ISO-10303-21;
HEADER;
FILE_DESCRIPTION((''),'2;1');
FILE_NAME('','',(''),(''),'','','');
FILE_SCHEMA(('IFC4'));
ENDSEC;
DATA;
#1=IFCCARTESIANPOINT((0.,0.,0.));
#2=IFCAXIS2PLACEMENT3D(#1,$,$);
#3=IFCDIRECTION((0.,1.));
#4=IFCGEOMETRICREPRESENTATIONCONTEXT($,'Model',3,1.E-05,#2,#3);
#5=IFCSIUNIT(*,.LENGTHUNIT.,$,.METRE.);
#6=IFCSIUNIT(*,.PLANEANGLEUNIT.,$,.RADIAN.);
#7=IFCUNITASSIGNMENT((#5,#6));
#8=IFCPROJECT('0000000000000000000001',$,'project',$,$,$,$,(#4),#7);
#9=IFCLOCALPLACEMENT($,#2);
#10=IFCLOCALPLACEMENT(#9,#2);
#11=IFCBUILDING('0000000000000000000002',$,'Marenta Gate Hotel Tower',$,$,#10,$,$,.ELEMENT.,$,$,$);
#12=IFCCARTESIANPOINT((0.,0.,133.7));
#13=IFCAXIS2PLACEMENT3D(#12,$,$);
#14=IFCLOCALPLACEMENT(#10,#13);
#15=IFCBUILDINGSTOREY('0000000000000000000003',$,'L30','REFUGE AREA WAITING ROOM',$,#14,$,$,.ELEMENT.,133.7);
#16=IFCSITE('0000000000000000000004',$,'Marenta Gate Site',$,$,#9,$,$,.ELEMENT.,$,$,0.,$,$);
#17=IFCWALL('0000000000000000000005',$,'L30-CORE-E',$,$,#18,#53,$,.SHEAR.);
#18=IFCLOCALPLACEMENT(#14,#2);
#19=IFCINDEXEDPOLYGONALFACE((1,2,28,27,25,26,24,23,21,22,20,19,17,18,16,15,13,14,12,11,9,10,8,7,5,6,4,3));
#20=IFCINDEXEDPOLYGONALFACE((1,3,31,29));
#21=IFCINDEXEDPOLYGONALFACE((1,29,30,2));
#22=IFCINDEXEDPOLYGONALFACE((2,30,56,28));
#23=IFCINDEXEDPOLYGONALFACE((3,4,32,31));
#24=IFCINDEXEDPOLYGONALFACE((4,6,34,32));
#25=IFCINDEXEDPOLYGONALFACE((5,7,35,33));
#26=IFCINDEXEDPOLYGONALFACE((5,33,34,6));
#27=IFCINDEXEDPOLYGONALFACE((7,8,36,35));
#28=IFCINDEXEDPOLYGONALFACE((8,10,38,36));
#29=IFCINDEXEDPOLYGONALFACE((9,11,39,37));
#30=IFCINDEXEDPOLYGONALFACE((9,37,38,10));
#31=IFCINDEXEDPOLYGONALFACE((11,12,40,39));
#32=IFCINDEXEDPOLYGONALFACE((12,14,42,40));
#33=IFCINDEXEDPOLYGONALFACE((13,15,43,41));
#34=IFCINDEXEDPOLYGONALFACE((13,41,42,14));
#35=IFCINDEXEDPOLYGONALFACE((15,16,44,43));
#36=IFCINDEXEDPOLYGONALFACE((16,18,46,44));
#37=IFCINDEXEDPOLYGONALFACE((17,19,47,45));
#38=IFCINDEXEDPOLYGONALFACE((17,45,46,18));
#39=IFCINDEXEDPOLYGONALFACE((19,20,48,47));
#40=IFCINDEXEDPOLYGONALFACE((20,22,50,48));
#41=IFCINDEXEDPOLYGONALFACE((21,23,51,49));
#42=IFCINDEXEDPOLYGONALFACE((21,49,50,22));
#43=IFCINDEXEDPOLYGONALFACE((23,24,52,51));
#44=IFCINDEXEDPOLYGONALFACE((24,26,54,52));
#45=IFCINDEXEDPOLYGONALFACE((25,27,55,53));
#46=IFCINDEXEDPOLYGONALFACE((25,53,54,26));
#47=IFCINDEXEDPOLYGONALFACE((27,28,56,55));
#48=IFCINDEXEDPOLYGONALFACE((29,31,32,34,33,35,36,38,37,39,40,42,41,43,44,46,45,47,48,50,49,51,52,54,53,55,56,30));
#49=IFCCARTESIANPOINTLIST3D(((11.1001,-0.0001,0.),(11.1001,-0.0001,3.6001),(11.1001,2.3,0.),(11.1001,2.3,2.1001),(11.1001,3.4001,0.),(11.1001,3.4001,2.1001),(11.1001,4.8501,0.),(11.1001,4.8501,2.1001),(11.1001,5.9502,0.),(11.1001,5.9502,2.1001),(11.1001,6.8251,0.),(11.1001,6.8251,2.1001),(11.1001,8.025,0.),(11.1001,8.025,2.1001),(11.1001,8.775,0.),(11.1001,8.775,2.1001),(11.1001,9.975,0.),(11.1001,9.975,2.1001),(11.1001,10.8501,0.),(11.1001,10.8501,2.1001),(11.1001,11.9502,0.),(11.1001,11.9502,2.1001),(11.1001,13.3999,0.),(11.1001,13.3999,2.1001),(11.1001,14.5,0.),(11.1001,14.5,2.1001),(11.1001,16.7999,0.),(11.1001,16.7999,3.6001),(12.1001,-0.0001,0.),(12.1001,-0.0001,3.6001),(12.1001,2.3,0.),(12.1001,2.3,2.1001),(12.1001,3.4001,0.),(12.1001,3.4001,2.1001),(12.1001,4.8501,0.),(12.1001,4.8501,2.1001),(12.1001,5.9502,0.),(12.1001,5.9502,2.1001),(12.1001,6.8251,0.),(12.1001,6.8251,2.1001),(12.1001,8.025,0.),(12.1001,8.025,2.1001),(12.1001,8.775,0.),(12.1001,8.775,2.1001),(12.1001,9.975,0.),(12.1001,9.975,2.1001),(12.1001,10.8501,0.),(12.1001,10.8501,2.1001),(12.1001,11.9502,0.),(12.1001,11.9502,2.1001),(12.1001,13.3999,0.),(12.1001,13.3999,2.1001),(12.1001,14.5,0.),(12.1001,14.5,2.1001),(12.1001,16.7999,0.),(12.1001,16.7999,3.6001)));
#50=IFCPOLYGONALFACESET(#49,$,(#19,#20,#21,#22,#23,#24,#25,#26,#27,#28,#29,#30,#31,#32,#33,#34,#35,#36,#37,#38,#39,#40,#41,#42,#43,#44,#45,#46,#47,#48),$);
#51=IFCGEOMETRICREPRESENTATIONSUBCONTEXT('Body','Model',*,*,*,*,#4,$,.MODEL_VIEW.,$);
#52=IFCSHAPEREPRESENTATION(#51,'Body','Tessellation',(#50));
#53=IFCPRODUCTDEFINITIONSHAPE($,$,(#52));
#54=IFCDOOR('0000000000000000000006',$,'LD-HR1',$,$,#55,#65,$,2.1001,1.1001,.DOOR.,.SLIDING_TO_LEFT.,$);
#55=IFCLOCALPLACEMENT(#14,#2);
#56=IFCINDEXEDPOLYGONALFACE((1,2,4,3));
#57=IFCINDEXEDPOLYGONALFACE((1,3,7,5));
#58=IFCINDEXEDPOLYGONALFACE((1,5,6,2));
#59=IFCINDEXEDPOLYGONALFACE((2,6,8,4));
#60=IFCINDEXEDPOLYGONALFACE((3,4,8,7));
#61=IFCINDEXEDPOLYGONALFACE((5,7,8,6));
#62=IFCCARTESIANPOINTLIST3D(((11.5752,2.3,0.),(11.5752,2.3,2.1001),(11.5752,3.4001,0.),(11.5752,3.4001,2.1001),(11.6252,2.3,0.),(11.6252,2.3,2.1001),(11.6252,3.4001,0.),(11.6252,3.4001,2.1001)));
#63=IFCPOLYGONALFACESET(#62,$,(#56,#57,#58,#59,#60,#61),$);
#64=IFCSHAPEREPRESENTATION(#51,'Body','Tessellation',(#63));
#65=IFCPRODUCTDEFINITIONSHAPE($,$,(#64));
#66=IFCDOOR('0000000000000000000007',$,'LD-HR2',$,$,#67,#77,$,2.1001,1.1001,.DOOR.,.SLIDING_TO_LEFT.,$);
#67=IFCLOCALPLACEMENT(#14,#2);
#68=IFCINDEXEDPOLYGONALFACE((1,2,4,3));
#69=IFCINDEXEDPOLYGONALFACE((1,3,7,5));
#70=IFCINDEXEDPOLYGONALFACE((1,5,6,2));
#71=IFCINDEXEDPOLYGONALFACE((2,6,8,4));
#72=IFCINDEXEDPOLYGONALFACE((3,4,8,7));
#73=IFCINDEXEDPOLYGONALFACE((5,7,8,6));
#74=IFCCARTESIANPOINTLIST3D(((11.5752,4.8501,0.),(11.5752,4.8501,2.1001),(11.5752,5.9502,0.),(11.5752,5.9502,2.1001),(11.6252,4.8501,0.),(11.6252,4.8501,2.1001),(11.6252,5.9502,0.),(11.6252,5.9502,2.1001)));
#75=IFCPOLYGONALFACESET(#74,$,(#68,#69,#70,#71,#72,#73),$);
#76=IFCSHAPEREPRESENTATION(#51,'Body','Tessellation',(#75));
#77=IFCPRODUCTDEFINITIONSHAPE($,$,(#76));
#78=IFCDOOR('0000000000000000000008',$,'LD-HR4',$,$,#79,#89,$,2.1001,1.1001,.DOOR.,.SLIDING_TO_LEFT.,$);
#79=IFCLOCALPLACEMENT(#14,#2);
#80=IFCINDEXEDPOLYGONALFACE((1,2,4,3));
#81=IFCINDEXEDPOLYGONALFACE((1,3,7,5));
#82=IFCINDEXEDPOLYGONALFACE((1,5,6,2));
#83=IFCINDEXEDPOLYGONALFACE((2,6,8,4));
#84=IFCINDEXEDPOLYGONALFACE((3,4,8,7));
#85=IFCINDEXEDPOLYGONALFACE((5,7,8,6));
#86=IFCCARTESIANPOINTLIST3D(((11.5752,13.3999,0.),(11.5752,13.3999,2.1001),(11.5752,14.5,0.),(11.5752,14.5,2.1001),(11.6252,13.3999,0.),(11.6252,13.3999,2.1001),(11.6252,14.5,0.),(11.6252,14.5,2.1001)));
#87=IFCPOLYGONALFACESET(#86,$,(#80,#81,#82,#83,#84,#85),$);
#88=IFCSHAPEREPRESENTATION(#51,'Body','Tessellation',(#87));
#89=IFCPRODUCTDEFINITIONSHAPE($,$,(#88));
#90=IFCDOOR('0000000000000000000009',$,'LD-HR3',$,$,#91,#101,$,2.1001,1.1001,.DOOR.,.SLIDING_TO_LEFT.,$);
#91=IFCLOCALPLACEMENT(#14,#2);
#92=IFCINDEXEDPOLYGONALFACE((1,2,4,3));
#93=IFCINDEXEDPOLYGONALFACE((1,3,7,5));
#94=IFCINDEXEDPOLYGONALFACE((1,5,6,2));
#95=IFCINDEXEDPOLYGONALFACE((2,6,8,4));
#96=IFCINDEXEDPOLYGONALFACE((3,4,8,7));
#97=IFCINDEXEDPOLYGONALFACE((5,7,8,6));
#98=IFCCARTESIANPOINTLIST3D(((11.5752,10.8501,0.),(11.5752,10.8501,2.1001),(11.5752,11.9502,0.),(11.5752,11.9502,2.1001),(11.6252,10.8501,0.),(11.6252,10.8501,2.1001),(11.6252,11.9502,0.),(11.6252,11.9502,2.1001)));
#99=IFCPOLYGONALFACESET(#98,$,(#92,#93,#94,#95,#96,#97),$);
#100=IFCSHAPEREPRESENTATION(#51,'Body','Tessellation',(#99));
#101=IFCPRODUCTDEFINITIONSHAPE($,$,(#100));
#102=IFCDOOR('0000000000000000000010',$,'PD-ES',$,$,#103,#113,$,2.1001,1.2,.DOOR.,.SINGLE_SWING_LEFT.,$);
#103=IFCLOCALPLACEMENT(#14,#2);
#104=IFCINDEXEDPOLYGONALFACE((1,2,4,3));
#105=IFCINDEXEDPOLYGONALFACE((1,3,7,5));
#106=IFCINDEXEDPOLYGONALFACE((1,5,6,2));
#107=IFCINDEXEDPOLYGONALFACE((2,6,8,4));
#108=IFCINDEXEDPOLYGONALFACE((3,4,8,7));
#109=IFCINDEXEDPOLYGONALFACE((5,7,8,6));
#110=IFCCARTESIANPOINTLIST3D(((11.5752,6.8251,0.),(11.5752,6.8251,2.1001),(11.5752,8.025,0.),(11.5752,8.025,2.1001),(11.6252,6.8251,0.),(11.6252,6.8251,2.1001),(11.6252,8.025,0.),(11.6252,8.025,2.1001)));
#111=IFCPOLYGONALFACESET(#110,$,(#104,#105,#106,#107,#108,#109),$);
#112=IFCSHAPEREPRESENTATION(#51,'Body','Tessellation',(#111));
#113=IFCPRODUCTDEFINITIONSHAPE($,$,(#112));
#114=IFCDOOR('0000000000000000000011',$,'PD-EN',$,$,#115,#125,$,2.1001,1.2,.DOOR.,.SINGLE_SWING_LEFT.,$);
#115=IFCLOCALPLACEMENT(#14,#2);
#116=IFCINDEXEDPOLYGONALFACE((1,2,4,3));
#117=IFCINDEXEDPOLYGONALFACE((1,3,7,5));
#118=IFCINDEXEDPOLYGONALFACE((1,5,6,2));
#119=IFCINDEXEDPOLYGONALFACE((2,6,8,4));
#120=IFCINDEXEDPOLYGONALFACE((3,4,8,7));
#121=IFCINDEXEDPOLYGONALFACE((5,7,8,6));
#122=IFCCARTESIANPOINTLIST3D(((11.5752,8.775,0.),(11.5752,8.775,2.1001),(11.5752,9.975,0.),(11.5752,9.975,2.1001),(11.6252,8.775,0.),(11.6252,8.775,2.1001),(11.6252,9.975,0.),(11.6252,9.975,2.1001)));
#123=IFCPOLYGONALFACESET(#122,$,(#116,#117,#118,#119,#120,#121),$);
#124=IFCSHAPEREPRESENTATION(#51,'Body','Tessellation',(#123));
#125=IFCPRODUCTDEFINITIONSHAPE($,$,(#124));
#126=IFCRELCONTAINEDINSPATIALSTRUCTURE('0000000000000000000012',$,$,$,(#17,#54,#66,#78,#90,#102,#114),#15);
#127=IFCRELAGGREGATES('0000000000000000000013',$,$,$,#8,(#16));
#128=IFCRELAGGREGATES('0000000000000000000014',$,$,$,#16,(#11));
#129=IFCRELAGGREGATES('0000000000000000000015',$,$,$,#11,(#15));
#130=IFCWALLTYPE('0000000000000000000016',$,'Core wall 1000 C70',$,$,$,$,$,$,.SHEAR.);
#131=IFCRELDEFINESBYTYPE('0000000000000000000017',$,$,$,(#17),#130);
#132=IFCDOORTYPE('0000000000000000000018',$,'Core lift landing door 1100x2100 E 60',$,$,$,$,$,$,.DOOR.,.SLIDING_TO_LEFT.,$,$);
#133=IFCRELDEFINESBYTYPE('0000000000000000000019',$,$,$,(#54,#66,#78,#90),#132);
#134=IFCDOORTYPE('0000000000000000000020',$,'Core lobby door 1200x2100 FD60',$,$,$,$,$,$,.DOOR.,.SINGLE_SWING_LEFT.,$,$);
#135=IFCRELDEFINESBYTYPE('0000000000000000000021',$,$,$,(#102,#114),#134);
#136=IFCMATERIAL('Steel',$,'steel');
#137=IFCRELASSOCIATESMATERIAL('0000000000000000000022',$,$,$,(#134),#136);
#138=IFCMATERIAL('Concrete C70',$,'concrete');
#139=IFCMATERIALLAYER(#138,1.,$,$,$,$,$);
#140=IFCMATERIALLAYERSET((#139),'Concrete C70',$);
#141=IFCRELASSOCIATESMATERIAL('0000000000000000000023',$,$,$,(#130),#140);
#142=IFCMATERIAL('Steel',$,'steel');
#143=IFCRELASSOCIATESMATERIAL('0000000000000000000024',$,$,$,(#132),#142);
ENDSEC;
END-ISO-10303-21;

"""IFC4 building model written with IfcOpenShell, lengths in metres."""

from ifc_helpers import new_model, si_unit, direction, frame, frame_2d, origin, place, context, subcontext, project, spatial, rectangle, extrude, material, layer, layer_set, type_object, element, fill, save


model = new_model("IFC4")

# Units and contexts
model_context = context("Model", 3, precision=1e-05, world=origin(), true_north=direction((0.0, 1.0)))
body_context = subcontext(model_context, "Body", "Model", "MODEL_VIEW")
ifc_project = project(units=[si_unit("LENGTHUNIT", "METRE"), si_unit("PLANEANGLEUNIT", "RADIAN")], contexts=[model_context])

# Site, building, storey
site_placement = place(None, origin())
site = spatial("IfcSite", under=ifc_project, at=site_placement, Name="Marenta Gate Site", CompositionType="ELEMENT", RefElevation=0.0)
building_placement = place(site_placement, origin())
building = spatial("IfcBuilding", under=site, at=building_placement, Name="Marenta Gate Hotel Tower", CompositionType="ELEMENT")
storey_placement = place(building_placement, frame((0.0, 0.0, 133.7)))
storey = spatial("IfcBuildingStorey", under=building, at=storey_placement, Name="L30", Description="REFUGE AREA WAITING ROOM", CompositionType="ELEMENT", Elevation=133.7)

# Shared definitions
ifc_material_1 = material(Name="Steel", Category="steel")
door_type_1 = type_object("IfcDoorType", Name="Core lobby door 1200x2100 FD60", OperationType="SINGLE_SWING_LEFT", PredefinedType="DOOR", material=ifc_material_1)

# Wall, openings, doors
ifc_material_2 = material(Name="Concrete C70", Category="concrete")
ifc_layer_1 = layer(ifc_material_2, 1.0)
ifc_layer_set_1 = layer_set([ifc_layer_1], Name="Concrete C70")
wall_type_1 = type_object("IfcWallType", Name="Core wall 1000 C70", PredefinedType="SHEAR", material=ifc_layer_set_1)
wall_1_placement = place(storey_placement, frame((11.6001, 0.0, 0.0), z_axis=(0.0, 0.0, 1.0), x_axis=(0.0, 1.0, 0.0)))
wall_1 = element("IfcWall", 1, at=wall_1_placement, inside=storey, type_object=wall_type_1, Name="L30-CORE-E", PredefinedType="SHEAR", context=body_context, shape_type="SweptSolid", body=[
    extrude(rectangle(XDim=16.8, YDim=1.0, at=frame_2d((8.3999, 0.0))), origin(), (0.0, 0.0, 1.0), 3.6001),
])
opening_1_placement = place(wall_1_placement, frame((2.3, 0.0, 0.0)))
opening_1 = element("IfcOpeningElement", 2, at=opening_1_placement, cuts=wall_1, PredefinedType="OPENING", context=body_context, shape_type="SweptSolid", body=[
    extrude(rectangle(XDim=1.1001, YDim=2.1001, at=frame_2d((0.55, 1.05))), frame((0.0, 0.5, 0.0), z_axis=(0.0, -1.0, 0.0), x_axis=(1.0, 0.0, 0.0)), (0.0, 0.0, 1.0), 1.0),
])
opening_2_placement = place(wall_1_placement, frame((4.8501, 0.0, 0.0)))
opening_2 = element("IfcOpeningElement", 3, at=opening_2_placement, cuts=wall_1, PredefinedType="OPENING", context=body_context, shape_type="SweptSolid", body=[
    extrude(rectangle(XDim=1.1001, YDim=2.1001, at=frame_2d((0.55, 1.05))), frame((0.0, 0.5, 0.0), z_axis=(0.0, -1.0, 0.0), x_axis=(1.0, 0.0, 0.0)), (0.0, 0.0, 1.0), 1.0),
])
opening_3_placement = place(wall_1_placement, frame((6.825, 0.0, 0.0)))
opening_3 = element("IfcOpeningElement", 4, at=opening_3_placement, cuts=wall_1, PredefinedType="OPENING", context=body_context, shape_type="SweptSolid", body=[
    extrude(rectangle(XDim=1.2, YDim=2.1001, at=frame_2d((0.6001, 1.05))), frame((0.0, 0.5, 0.0), z_axis=(0.0, -1.0, 0.0), x_axis=(1.0, 0.0, 0.0)), (0.0, 0.0, 1.0), 1.0),
])
opening_4_placement = place(wall_1_placement, frame((13.3999, 0.0, 0.0)))
opening_4 = element("IfcOpeningElement", 5, at=opening_4_placement, cuts=wall_1, PredefinedType="OPENING", context=body_context, shape_type="SweptSolid", body=[
    extrude(rectangle(XDim=1.1001, YDim=2.1001, at=frame_2d((0.55, 1.05))), frame((0.0, 0.5, 0.0), z_axis=(0.0, -1.0, 0.0), x_axis=(1.0, 0.0, 0.0)), (0.0, 0.0, 1.0), 1.0),
])
opening_5_placement = place(wall_1_placement, frame((10.8501, 0.0, 0.0)))
opening_5 = element("IfcOpeningElement", 6, at=opening_5_placement, cuts=wall_1, PredefinedType="OPENING", context=body_context, shape_type="SweptSolid", body=[
    extrude(rectangle(XDim=1.1001, YDim=2.1001, at=frame_2d((0.55, 1.05))), frame((0.0, 0.5, 0.0), z_axis=(0.0, -1.0, 0.0), x_axis=(1.0, 0.0, 0.0)), (0.0, 0.0, 1.0), 1.0),
])
opening_6_placement = place(wall_1_placement, frame((8.7749, 0.0, 0.0)))
opening_6 = element("IfcOpeningElement", 7, at=opening_6_placement, cuts=wall_1, PredefinedType="OPENING", context=body_context, shape_type="SweptSolid", body=[
    extrude(rectangle(XDim=1.2, YDim=2.1001, at=frame_2d((0.6001, 1.05))), frame((0.0, 0.5, 0.0), z_axis=(0.0, -1.0, 0.0), x_axis=(1.0, 0.0, 0.0)), (0.0, 0.0, 1.0), 1.0),
])
ifc_material_3 = material(Name="Steel", Category="steel")
door_type_2 = type_object("IfcDoorType", Name="Core lift landing door 1100x2100 E 60", OperationType="SLIDING_TO_LEFT", PredefinedType="DOOR", material=ifc_material_3)
door_1_placement = place(opening_1_placement, origin())
door_1 = element("IfcDoor", 8, at=door_1_placement, inside=storey, type_object=door_type_2, Name="LD-HR1", OperationType="SLIDING_TO_LEFT", OverallHeight=2.1001, OverallWidth=1.1001, PredefinedType="DOOR", context=body_context, shape_type="SweptSolid", body=[
    extrude(rectangle(XDim=1.1001, YDim=2.1001, at=frame_2d((0.55, 1.05))), frame((0.0, 0.0249, 0.0), z_axis=(0.0, -1.0, 0.0), x_axis=(1.0, 0.0, 0.0)), (0.0, 0.0, 1.0), 0.05),
])
fill(opening_1, door_1)
door_2_placement = place(opening_2_placement, origin())
door_2 = element("IfcDoor", 9, at=door_2_placement, inside=storey, type_object=door_type_2, Name="LD-HR2", OperationType="SLIDING_TO_LEFT", OverallHeight=2.1001, OverallWidth=1.1001, PredefinedType="DOOR", context=body_context, shape_type="SweptSolid", body=[
    extrude(rectangle(XDim=1.1001, YDim=2.1001, at=frame_2d((0.55, 1.05))), frame((0.0, 0.0249, 0.0), z_axis=(0.0, -1.0, 0.0), x_axis=(1.0, 0.0, 0.0)), (0.0, 0.0, 1.0), 0.05),
])
fill(opening_2, door_2)
door_3_placement = place(opening_4_placement, origin())
door_3 = element("IfcDoor", 10, at=door_3_placement, inside=storey, type_object=door_type_2, Name="LD-HR4", OperationType="SLIDING_TO_LEFT", OverallHeight=2.1001, OverallWidth=1.1001, PredefinedType="DOOR", context=body_context, shape_type="SweptSolid", body=[
    extrude(rectangle(XDim=1.1001, YDim=2.1001, at=frame_2d((0.55, 1.05))), frame((0.0, 0.0249, 0.0), z_axis=(0.0, -1.0, 0.0), x_axis=(1.0, 0.0, 0.0)), (0.0, 0.0, 1.0), 0.05),
])
fill(opening_4, door_3)
door_4_placement = place(opening_5_placement, origin())
door_4 = element("IfcDoor", 11, at=door_4_placement, inside=storey, type_object=door_type_2, Name="LD-HR3", OperationType="SLIDING_TO_LEFT", OverallHeight=2.1001, OverallWidth=1.1001, PredefinedType="DOOR", context=body_context, shape_type="SweptSolid", body=[
    extrude(rectangle(XDim=1.1001, YDim=2.1001, at=frame_2d((0.55, 1.05))), frame((0.0, 0.0249, 0.0), z_axis=(0.0, -1.0, 0.0), x_axis=(1.0, 0.0, 0.0)), (0.0, 0.0, 1.0), 0.05),
])
fill(opening_5, door_4)
door_5_placement = place(opening_3_placement, origin())
door_5 = element("IfcDoor", 12, at=door_5_placement, inside=storey, type_object=door_type_1, Name="PD-ES", OperationType="SINGLE_SWING_LEFT", OverallHeight=2.1001, OverallWidth=1.2, PredefinedType="DOOR", context=body_context, shape_type="SweptSolid", body=[
    extrude(rectangle(XDim=1.2, YDim=2.1001, at=frame_2d((0.6001, 1.05))), frame((0.0, 0.0249, 0.0), z_axis=(0.0, -1.0, 0.0), x_axis=(1.0, 0.0, 0.0)), (0.0, 0.0, 1.0), 0.05),
])
fill(opening_3, door_5)
door_6_placement = place(opening_6_placement, origin())
door_6 = element("IfcDoor", 13, at=door_6_placement, inside=storey, type_object=door_type_1, Name="PD-EN", OperationType="SINGLE_SWING_LEFT", OverallHeight=2.1001, OverallWidth=1.2, PredefinedType="DOOR", context=body_context, shape_type="SweptSolid", body=[
    extrude(rectangle(XDim=1.2, YDim=2.1001, at=frame_2d((0.6001, 1.05))), frame((0.0, 0.0249, 0.0), z_axis=(0.0, -1.0, 0.0), x_axis=(1.0, 0.0, 0.0)), (0.0, 0.0, 1.0), 0.05),
])
fill(opening_6, door_6)

save(model, "model.ifc")
